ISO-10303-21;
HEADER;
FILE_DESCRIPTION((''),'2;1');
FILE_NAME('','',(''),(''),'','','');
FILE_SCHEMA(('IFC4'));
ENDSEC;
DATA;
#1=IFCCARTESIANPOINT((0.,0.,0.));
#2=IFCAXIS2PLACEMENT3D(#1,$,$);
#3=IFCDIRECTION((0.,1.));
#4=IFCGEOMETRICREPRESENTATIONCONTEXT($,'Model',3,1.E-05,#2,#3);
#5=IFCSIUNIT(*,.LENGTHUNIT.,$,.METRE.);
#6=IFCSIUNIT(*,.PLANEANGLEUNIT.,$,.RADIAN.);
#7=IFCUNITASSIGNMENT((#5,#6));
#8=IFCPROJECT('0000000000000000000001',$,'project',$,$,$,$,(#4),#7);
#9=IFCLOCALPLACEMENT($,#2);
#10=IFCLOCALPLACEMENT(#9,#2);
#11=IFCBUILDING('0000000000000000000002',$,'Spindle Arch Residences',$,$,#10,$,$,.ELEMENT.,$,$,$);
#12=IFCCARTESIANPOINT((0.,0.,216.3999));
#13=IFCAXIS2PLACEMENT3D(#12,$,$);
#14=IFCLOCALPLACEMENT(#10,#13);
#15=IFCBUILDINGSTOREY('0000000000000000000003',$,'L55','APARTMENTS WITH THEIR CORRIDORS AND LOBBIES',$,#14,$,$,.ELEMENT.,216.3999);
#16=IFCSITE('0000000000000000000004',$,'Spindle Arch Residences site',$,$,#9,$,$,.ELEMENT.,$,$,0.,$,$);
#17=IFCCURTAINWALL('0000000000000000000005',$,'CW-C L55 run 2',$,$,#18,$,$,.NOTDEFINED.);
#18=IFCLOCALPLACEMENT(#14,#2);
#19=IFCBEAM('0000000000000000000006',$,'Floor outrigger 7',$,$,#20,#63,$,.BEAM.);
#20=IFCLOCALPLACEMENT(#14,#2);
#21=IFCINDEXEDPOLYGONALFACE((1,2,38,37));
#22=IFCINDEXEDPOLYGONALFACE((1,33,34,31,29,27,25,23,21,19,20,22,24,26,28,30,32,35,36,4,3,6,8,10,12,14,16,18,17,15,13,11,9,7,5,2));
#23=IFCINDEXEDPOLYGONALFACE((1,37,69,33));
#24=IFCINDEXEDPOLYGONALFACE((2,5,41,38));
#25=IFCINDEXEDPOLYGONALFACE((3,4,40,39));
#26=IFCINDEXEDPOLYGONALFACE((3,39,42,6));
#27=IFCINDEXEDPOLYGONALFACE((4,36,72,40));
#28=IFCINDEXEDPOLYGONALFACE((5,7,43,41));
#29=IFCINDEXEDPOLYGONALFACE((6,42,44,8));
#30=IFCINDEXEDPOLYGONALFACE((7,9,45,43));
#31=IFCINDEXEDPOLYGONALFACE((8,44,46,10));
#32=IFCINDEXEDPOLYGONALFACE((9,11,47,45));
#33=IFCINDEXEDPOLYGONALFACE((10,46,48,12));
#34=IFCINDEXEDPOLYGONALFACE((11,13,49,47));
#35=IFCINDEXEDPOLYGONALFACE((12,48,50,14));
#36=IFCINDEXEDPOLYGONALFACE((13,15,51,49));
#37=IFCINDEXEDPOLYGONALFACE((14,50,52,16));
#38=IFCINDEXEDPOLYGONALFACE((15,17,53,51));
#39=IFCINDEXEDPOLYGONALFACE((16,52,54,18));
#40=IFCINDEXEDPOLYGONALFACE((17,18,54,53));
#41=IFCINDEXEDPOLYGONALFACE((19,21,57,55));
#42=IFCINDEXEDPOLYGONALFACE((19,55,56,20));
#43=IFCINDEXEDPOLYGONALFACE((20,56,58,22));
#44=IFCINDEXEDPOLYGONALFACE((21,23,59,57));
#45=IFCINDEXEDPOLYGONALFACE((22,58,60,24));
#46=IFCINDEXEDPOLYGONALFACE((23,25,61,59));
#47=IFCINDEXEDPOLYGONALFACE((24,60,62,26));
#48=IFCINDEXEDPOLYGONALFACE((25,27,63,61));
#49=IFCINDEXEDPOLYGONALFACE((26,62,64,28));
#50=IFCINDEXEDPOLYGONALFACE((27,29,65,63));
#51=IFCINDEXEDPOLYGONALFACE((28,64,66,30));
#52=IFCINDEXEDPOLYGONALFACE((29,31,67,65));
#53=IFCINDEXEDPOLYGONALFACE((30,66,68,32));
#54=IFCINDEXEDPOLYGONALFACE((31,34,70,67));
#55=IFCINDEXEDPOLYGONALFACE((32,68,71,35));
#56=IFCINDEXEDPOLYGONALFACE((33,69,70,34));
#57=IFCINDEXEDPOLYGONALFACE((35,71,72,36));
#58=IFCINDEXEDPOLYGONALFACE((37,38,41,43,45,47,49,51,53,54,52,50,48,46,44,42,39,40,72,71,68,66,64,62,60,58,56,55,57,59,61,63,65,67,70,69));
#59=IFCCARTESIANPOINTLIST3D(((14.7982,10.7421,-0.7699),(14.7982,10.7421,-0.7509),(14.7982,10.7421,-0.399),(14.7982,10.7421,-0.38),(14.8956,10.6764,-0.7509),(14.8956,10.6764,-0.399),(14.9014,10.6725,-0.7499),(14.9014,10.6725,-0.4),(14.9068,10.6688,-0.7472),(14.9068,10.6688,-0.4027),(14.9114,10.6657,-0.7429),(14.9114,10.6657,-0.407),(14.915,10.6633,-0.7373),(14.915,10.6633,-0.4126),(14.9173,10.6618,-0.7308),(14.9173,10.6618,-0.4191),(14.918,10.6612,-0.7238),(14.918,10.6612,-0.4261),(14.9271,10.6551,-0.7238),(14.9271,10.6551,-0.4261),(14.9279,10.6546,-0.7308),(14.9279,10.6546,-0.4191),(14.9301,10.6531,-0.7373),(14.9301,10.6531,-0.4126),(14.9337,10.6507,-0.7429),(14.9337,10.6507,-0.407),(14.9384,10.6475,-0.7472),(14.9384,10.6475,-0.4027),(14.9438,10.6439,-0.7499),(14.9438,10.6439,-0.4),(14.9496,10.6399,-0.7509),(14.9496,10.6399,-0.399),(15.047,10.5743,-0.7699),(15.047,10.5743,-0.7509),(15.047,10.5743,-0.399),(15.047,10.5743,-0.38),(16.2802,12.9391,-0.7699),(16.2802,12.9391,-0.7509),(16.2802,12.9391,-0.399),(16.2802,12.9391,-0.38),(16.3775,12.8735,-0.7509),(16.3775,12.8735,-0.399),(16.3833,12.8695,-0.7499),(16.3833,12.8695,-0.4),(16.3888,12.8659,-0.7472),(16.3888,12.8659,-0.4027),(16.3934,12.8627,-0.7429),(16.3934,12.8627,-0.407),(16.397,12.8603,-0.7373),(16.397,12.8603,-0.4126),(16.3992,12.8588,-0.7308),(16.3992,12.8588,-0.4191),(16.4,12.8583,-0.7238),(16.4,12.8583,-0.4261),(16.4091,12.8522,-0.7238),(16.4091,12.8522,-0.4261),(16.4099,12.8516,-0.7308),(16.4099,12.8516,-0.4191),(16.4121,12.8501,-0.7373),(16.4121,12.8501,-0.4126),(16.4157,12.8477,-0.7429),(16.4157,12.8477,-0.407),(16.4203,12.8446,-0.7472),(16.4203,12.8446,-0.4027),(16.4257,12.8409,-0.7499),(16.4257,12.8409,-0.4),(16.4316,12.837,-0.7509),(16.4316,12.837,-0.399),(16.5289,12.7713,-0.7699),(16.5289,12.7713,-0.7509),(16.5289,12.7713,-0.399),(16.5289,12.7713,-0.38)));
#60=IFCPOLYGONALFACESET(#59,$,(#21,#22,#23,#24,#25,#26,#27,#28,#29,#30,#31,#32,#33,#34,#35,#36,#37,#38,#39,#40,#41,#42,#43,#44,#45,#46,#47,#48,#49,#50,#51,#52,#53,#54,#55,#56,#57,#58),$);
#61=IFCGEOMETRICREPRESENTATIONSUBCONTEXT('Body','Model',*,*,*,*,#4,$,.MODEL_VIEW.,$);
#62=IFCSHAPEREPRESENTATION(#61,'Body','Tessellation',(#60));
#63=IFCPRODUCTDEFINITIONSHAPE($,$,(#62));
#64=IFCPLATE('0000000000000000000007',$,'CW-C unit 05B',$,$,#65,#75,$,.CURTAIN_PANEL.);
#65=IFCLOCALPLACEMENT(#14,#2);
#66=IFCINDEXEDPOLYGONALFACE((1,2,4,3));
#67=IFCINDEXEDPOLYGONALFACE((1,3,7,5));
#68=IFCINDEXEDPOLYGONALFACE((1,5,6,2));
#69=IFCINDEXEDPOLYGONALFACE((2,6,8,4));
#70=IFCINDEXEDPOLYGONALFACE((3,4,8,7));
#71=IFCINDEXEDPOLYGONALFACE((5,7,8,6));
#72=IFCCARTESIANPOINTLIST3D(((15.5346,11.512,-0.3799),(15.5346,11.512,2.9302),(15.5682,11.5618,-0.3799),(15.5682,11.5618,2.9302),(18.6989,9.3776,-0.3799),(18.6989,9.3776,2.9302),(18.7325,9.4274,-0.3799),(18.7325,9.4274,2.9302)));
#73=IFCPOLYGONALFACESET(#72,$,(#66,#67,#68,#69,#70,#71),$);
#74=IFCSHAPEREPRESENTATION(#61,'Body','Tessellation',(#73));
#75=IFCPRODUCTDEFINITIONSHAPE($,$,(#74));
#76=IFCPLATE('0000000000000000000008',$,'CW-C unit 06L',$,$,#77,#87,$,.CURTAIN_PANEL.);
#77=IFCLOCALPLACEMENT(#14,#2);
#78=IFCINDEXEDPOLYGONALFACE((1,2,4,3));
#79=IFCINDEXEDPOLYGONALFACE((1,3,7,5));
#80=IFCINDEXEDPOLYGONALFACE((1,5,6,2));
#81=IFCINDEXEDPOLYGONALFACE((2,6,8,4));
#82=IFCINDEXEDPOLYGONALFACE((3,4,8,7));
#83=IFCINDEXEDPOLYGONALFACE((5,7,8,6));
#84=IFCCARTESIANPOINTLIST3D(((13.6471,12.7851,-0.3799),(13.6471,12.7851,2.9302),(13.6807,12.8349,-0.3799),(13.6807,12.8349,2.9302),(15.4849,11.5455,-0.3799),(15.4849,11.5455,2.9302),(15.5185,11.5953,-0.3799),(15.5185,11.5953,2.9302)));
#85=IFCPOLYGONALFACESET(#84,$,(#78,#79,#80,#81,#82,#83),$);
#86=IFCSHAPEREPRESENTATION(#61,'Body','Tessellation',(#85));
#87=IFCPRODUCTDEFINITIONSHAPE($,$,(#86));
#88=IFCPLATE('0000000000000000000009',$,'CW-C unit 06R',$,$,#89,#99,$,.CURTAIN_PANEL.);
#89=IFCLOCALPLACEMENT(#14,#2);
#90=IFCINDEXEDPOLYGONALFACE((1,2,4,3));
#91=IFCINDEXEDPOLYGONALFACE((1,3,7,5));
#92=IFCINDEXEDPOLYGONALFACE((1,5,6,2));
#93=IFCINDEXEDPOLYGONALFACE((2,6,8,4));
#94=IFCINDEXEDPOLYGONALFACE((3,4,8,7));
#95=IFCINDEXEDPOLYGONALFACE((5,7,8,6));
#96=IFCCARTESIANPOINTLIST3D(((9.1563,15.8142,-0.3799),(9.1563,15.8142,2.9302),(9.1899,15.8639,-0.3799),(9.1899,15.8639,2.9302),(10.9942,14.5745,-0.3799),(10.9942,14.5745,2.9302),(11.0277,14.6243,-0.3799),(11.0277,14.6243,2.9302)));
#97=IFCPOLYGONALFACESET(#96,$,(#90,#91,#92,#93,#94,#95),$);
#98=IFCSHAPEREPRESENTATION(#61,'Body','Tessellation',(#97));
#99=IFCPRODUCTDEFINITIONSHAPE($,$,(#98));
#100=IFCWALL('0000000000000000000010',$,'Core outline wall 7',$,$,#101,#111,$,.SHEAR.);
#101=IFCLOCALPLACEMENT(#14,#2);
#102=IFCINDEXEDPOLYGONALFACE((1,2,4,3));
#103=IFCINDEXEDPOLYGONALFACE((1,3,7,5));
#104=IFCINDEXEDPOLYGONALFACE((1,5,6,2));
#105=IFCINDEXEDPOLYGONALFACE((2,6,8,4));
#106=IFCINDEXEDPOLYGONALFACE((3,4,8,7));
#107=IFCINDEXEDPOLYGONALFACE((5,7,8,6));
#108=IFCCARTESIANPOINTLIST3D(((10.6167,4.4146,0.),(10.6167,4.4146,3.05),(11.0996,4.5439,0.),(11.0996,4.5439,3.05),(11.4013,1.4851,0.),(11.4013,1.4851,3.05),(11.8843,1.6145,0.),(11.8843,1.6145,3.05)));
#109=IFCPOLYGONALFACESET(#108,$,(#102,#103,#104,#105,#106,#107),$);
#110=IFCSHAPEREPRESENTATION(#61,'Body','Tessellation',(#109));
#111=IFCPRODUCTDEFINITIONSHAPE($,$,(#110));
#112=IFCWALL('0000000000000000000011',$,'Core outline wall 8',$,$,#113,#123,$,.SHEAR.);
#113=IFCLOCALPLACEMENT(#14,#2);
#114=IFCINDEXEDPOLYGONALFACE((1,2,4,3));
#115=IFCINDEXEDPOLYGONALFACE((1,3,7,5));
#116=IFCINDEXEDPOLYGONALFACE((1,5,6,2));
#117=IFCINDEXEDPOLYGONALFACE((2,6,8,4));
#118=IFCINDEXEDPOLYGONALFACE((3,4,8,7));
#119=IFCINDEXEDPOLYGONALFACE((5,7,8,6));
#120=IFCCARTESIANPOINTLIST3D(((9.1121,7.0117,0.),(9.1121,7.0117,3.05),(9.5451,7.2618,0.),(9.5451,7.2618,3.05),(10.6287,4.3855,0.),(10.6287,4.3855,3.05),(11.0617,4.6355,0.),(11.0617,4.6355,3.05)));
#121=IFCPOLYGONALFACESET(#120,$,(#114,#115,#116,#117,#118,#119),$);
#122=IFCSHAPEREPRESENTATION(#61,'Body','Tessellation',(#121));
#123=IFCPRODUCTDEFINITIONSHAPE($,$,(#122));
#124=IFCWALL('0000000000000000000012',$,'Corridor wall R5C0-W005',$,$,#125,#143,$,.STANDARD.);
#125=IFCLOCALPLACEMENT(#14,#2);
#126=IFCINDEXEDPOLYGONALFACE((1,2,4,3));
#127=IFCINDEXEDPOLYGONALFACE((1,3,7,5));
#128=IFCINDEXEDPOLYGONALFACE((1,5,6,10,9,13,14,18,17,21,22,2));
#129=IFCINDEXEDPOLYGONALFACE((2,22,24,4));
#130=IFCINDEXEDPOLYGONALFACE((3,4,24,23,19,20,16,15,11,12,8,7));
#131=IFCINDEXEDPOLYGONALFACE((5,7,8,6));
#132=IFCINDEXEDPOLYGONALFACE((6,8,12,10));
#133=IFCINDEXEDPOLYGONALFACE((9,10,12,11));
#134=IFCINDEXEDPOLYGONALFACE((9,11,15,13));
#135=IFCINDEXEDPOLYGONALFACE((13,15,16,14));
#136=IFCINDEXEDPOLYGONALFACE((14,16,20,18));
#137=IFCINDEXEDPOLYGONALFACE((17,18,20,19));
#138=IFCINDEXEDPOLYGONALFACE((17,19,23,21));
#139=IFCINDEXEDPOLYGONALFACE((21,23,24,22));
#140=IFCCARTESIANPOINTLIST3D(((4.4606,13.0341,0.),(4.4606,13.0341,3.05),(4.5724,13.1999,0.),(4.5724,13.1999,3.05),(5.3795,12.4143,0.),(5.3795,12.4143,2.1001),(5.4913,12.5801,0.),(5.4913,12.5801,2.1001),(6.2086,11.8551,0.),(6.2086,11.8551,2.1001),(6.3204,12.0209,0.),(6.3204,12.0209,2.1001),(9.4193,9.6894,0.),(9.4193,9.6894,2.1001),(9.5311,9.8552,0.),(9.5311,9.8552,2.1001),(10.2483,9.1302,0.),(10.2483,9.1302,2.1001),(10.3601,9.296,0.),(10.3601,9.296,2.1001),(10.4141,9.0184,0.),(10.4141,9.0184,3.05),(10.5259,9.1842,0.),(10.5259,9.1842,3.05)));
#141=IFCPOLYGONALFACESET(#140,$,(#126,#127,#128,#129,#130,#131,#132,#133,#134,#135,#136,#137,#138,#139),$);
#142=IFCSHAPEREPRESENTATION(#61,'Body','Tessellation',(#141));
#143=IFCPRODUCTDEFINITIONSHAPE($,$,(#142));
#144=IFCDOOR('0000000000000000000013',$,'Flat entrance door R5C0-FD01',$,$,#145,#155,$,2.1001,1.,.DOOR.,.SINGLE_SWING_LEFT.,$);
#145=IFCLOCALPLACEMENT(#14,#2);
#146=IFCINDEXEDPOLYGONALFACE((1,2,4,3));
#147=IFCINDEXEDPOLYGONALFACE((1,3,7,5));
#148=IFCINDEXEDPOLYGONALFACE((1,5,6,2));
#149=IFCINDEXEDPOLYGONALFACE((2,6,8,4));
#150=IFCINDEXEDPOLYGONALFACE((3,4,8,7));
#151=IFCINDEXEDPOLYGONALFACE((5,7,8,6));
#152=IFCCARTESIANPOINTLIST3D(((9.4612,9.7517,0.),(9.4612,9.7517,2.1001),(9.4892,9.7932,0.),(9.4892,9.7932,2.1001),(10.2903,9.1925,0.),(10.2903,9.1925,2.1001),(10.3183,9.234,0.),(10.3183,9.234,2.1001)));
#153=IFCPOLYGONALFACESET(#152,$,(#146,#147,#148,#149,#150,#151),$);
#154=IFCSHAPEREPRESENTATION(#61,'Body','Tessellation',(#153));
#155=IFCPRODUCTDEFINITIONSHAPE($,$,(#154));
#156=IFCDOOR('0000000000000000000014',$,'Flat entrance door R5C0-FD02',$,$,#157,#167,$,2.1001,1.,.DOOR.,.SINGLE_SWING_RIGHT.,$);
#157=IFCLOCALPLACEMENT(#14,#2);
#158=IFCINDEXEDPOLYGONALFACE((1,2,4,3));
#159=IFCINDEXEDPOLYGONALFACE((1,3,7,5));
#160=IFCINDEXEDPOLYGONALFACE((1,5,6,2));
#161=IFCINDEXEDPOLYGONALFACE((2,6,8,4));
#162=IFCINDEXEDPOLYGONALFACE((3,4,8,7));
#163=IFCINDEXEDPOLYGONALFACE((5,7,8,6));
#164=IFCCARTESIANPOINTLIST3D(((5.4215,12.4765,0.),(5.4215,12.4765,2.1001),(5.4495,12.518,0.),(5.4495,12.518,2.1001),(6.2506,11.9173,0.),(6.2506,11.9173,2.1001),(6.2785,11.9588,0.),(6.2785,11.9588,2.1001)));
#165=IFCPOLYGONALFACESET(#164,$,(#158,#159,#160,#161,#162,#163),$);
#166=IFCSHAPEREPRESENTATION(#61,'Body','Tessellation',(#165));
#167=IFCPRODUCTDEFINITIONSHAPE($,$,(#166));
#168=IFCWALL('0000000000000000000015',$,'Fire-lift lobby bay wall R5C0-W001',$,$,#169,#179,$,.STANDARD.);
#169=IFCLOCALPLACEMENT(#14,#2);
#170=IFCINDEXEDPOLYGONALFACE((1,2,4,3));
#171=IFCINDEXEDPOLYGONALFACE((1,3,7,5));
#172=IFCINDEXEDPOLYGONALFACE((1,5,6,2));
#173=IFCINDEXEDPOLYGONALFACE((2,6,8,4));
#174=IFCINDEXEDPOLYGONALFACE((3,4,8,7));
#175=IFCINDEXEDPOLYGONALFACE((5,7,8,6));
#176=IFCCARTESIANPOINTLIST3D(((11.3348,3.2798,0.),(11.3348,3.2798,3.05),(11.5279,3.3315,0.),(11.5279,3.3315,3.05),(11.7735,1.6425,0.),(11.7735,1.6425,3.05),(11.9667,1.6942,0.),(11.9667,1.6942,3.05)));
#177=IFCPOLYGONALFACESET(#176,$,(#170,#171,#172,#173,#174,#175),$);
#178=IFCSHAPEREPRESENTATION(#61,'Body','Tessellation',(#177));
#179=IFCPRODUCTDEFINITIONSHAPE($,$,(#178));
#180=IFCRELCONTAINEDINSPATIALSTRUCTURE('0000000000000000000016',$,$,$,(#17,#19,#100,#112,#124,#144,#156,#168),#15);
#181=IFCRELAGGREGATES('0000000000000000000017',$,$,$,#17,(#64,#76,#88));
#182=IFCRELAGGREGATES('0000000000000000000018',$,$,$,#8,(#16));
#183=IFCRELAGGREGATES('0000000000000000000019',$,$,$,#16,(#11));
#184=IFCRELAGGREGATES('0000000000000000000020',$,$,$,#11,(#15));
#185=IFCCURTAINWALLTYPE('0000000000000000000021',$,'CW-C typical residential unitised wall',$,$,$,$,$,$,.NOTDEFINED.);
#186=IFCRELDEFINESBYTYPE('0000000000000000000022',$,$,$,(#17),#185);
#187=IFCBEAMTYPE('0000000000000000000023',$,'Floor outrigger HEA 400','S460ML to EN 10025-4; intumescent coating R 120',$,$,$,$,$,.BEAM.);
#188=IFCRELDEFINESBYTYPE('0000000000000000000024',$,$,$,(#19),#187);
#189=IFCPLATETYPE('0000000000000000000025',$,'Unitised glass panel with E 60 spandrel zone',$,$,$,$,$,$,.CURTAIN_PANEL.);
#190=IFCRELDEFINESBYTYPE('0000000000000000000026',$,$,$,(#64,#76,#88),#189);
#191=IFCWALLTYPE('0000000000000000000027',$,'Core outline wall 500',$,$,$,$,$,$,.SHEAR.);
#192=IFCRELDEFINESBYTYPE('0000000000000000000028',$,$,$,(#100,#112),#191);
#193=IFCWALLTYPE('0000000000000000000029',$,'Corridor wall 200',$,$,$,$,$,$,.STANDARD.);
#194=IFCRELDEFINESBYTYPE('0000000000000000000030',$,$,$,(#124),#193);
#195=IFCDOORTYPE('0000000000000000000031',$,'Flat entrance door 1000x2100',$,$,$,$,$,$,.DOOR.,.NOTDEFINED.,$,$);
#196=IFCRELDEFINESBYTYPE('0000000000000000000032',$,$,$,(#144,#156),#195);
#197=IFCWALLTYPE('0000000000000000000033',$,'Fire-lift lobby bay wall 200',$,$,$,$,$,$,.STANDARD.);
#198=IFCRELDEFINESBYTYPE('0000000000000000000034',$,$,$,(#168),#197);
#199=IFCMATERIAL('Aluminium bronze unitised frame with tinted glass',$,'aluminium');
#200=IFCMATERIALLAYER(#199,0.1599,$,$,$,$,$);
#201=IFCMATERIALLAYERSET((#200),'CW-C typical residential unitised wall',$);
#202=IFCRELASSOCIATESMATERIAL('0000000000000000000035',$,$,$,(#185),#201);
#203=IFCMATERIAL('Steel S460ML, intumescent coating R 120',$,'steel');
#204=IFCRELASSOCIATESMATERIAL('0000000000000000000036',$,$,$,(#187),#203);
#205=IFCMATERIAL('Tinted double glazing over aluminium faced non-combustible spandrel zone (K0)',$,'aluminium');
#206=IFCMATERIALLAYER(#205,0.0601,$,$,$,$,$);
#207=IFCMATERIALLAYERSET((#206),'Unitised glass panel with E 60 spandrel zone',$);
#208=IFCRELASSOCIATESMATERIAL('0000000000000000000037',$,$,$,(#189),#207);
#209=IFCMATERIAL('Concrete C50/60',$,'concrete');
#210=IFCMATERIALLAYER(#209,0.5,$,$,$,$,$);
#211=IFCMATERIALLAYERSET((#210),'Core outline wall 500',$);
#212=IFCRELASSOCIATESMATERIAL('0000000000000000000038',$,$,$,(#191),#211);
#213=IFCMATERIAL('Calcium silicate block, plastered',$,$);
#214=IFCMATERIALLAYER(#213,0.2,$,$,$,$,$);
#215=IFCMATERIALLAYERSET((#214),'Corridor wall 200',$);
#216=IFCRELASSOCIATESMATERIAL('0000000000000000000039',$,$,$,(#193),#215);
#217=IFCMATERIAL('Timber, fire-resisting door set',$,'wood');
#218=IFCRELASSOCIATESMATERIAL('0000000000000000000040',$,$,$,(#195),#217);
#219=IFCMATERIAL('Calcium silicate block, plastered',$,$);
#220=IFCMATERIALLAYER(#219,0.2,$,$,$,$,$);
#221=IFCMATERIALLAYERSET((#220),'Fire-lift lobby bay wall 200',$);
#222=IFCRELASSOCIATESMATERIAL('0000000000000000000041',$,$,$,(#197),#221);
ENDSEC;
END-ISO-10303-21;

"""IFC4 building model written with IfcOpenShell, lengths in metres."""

from ifc_helpers import new_model, si_unit, direction, frame, frame_2d, origin, origin_2d, place, context, subcontext, project, spatial, rectangle, i_section, extrude, material, layer, layer_set, material_profile, profile_set, type_object, element, fill, aggregate, save


model = new_model("IFC4")

# Units and contexts
model_context = context("Model", 3, precision=1e-05, world=origin(), true_north=direction((0.0, 1.0)))
body_context = subcontext(model_context, "Body", "Model", "MODEL_VIEW")
ifc_project = project(units=[si_unit("LENGTHUNIT", "METRE"), si_unit("PLANEANGLEUNIT", "RADIAN")], contexts=[model_context])

# Site, building, storey
site_placement = place(None, origin())
site = spatial("IfcSite", under=ifc_project, at=site_placement, Name="Spindle Arch Residences site", CompositionType="ELEMENT", RefElevation=0.0)
building_placement = place(site_placement, origin())
building = spatial("IfcBuilding", under=site, at=building_placement, Name="Spindle Arch Residences", CompositionType="ELEMENT")
storey_placement = place(building_placement, frame((0.0, 0.0, 216.3999)))
storey = spatial("IfcBuildingStorey", under=building, at=storey_placement, Name="L55", Description="APARTMENTS WITH THEIR CORRIDORS AND LOBBIES", CompositionType="ELEMENT", Elevation=216.3999)

# Curtain wall
ifc_material_1 = material(Name="Aluminium bronze unitised frame with tinted glass", Category="aluminium")
ifc_layer_1 = layer(ifc_material_1, 0.1599)
ifc_layer_set_1 = layer_set([ifc_layer_1], Name="CW-C typical residential unitised wall")
curtain_wall_type = type_object("IfcCurtainWallType", Name="CW-C typical residential unitised wall", PredefinedType="NOTDEFINED", material=ifc_layer_set_1)
curtain_wall_placement = place(storey_placement, origin())
curtain_wall = element("IfcCurtainWall", 1, at=curtain_wall_placement, inside=storey, type_object=curtain_wall_type, Name="CW-C L55 run 2", PredefinedType="NOTDEFINED")

# Beam
ifc_material_2 = material(Name="Steel S460ML, intumescent coating R 120", Category="steel")
ifc_material_profile_1 = material_profile(ifc_material_2, i_section(OverallWidth=0.3, OverallDepth=0.3899, WebThickness=0.011, FlangeThickness=0.019, FilletRadius=0.0271, at=origin_2d()), Name="HEA 400")
ifc_profile_set_1 = profile_set([ifc_material_profile_1], Name="Steel S460ML, intumescent coating R 120")
beam_type_1 = type_object("IfcBeamType", Name="Floor outrigger HEA 400", Description="S460ML to EN 10025-4; intumescent coating R 120", PredefinedType="BEAM", material=ifc_profile_set_1)
beam_1_placement = place(storey_placement, frame((16.4045, 12.8552, -0.575), z_axis=(-0.559199, -0.829033, 0.0), x_axis=(0.829033, -0.559199, 0.0)))
element("IfcBeam", 2, at=beam_1_placement, inside=storey, type_object=beam_type_1, Name="Floor outrigger 7", PredefinedType="BEAM", context=body_context, shape_type="SweptSolid", body=[
    extrude(i_section(OverallWidth=0.3, OverallDepth=0.3899, WebThickness=0.011, FlangeThickness=0.019, FilletRadius=0.0271, at=origin_2d()), origin(), (0.0, 0.0, 1.0), 2.6501),
])

# Plates
ifc_material_3 = material(Name="Tinted double glazing over aluminium faced non-combustible spandrel zone (K0)", Category="aluminium")
ifc_layer_2 = layer(ifc_material_3, 0.0601)
ifc_layer_set_2 = layer_set([ifc_layer_2], Name="Unitised glass panel with E 60 spandrel zone")
plate_type = type_object("IfcPlateType", Name="Unitised glass panel with E 60 spandrel zone", PredefinedType="CURTAIN_PANEL", material=ifc_layer_set_2)
plate_1_placement = place(storey_placement, frame((17.1335, 10.4697, -0.3799), z_axis=(0.0, 0.0, 1.0), x_axis=(-0.829038, 0.559193, 0.0)))
plate_1 = element("IfcPlate", 3, at=plate_1_placement, type_object=plate_type, Name="CW-C unit 05B", PredefinedType="CURTAIN_PANEL", context=body_context, shape_type="SweptSolid", body=[
    extrude(rectangle(XDim=3.8169, YDim=0.0601, at=origin_2d()), origin(), (0.0, 0.0, 1.0), 3.3101),
])
plate_2_placement = place(storey_placement, frame((14.5828, 12.1902, -0.3799), z_axis=(0.0, 0.0, 1.0), x_axis=(-0.829038, 0.559193, 0.0)))
plate_2 = element("IfcPlate", 4, at=plate_2_placement, type_object=plate_type, Name="CW-C unit 06L", PredefinedType="CURTAIN_PANEL", context=body_context, shape_type="SweptSolid", body=[
    extrude(rectangle(XDim=2.2168, YDim=0.0601, at=origin_2d()), origin(), (0.0, 0.0, 1.0), 3.3101),
])
plate_3_placement = place(storey_placement, frame((10.092, 15.2192, -0.3799), z_axis=(0.0, 0.0, 1.0), x_axis=(-0.829038, 0.559193, 0.0)))
plate_3 = element("IfcPlate", 5, at=plate_3_placement, type_object=plate_type, Name="CW-C unit 06R", PredefinedType="CURTAIN_PANEL", context=body_context, shape_type="SweptSolid", body=[
    extrude(rectangle(XDim=2.2168, YDim=0.0601, at=origin_2d()), origin(), (0.0, 0.0, 1.0), 3.3101),
])
aggregate(curtain_wall, [plate_1, plate_2, plate_3])

# Walls
ifc_material_4 = material(Name="Concrete C50/60", Category="concrete")
ifc_layer_3 = layer(ifc_material_4, 0.5)
ifc_layer_set_3 = layer_set([ifc_layer_3], Name="Core outline wall 500")
wall_type_1 = type_object("IfcWallType", Name="Core outline wall 500", PredefinedType="SHEAR", material=ifc_layer_set_3)
for number, where, z_axis, x_axis, name in (
    (6, (11.6428, 1.5498, 0.0), (0.0, 0.0, 1.0), (-0.258735, 0.965948, 0.0), "Core outline wall 7"),
    (7, (10.8452, 4.5105, 0.0), (0.0, 0.0, 1.0), (-0.500087, 0.865975, 0.0), "Core outline wall 8"),
):
    element("IfcWall", number, at=place(storey_placement, frame(where, z_axis=z_axis, x_axis=x_axis)), inside=storey, type_object=wall_type_1, Name=name, PredefinedType="SHEAR", context=body_context, shape_type="SweptSolid", body=[
        extrude(rectangle(XDim=3.0327, YDim=0.5, at=frame_2d((1.5164, 0.0))), origin(), (0.0, 0.0, 1.0), 3.05),
    ])

# Wall, openings, doors
ifc_material_5 = material(Name="Calcium silicate block, plastered")
ifc_layer_4 = layer(ifc_material_5, 0.2)
ifc_layer_set_4 = layer_set([ifc_layer_4], Name="Corridor wall 200")
wall_type_2 = type_object("IfcWallType", Name="Corridor wall 200", PredefinedType="STANDARD", material=ifc_layer_set_4)
wall_1_placement = place(storey_placement, frame((10.47, 9.1013, 0.0), z_axis=(0.0, 0.0, 1.0), x_axis=(-0.829036, 0.559195, 0.0)))
wall_1 = element("IfcWall", 8, at=wall_1_placement, inside=storey, type_object=wall_type_2, Name="Corridor wall R5C0-W005", PredefinedType="STANDARD", context=body_context, shape_type="SweptSolid", body=[
    extrude(rectangle(XDim=7.1812, YDim=0.2, at=frame_2d((3.5906, 0.0))), origin(), (0.0, 0.0, 1.0), 3.05),
])
opening_1_placement = place(wall_1_placement, frame((0.2, 0.0, 0.0)))
opening_1 = element("IfcOpeningElement", 9, at=opening_1_placement, cuts=wall_1, PredefinedType="OPENING", context=body_context, shape_type="SweptSolid", body=[
    extrude(rectangle(XDim=1.0, YDim=2.1001, at=frame_2d((0.5, 1.05))), frame((0.0, 0.1099, 0.0), z_axis=(0.0, -1.0, 0.0), x_axis=(1.0, 0.0, 0.0)), (0.0, 0.0, 1.0), 0.22),
])
opening_2_placement = place(wall_1_placement, frame((5.0728, 0.0, 0.0)))
opening_2 = element("IfcOpeningElement", 10, at=opening_2_placement, cuts=wall_1, PredefinedType="OPENING", context=body_context, shape_type="SweptSolid", body=[
    extrude(rectangle(XDim=1.0, YDim=2.1001, at=frame_2d((0.5, 1.05))), frame((0.0, 0.1099, 0.0), z_axis=(0.0, -1.0, 0.0), x_axis=(1.0, 0.0, 0.0)), (0.0, 0.0, 1.0), 0.22),
])
ifc_material_6 = material(Name="Timber, fire-resisting door set", Category="wood")
door_type_1 = type_object("IfcDoorType", Name="Flat entrance door 1000x2100", OperationType="NOTDEFINED", PredefinedType="DOOR", material=ifc_material_6)
door_1_placement = place(opening_1_placement, origin())
door_1 = element("IfcDoor", 11, at=door_1_placement, inside=storey, type_object=door_type_1, Name="Flat entrance door R5C0-FD01", OperationType="SINGLE_SWING_LEFT", OverallHeight=2.1001, OverallWidth=1.0, PredefinedType="DOOR", context=body_context, shape_type="SweptSolid", body=[
    extrude(rectangle(XDim=1.0, YDim=2.1001, at=frame_2d((0.5, 1.05))), frame((0.0, 0.0249, 0.0), z_axis=(0.0, -1.0, 0.0), x_axis=(1.0, 0.0, 0.0)), (0.0, 0.0, 1.0), 0.05),
])
fill(opening_1, door_1)
door_2_placement = place(opening_2_placement, origin())
door_2 = element("IfcDoor", 12, at=door_2_placement, inside=storey, type_object=door_type_1, Name="Flat entrance door R5C0-FD02", OperationType="SINGLE_SWING_RIGHT", OverallHeight=2.1001, OverallWidth=1.0, PredefinedType="DOOR", context=body_context, shape_type="SweptSolid", body=[
    extrude(rectangle(XDim=1.0, YDim=2.1001, at=frame_2d((0.5, 1.05))), frame((0.0, 0.0249, 0.0), z_axis=(0.0, -1.0, 0.0), x_axis=(1.0, 0.0, 0.0)), (0.0, 0.0, 1.0), 0.05),
])
fill(opening_2, door_2)

# Wall
ifc_material_7 = material(Name="Calcium silicate block, plastered")
ifc_layer_5 = layer(ifc_material_7, 0.2)
ifc_layer_set_5 = layer_set([ifc_layer_5], Name="Fire-lift lobby bay wall 200")
wall_type_3 = type_object("IfcWallType", Name="Fire-lift lobby bay wall 200", PredefinedType="STANDARD", material=ifc_layer_set_5)
wall_2_placement = place(storey_placement, frame((11.8701, 1.6682, 0.0), z_axis=(0.0, 0.0, 1.0), x_axis=(-0.258837, 0.965921, 0.0)))
element("IfcWall", 13, at=wall_2_placement, inside=storey, type_object=wall_type_3, Name="Fire-lift lobby bay wall R5C0-W001", PredefinedType="STANDARD", context=body_context, shape_type="SweptSolid", body=[
    extrude(rectangle(XDim=1.6951, YDim=0.2, at=frame_2d((0.8477, 0.0))), origin(), (0.0, 0.0, 1.0), 3.05),
])

save(model, "model.ifc")
